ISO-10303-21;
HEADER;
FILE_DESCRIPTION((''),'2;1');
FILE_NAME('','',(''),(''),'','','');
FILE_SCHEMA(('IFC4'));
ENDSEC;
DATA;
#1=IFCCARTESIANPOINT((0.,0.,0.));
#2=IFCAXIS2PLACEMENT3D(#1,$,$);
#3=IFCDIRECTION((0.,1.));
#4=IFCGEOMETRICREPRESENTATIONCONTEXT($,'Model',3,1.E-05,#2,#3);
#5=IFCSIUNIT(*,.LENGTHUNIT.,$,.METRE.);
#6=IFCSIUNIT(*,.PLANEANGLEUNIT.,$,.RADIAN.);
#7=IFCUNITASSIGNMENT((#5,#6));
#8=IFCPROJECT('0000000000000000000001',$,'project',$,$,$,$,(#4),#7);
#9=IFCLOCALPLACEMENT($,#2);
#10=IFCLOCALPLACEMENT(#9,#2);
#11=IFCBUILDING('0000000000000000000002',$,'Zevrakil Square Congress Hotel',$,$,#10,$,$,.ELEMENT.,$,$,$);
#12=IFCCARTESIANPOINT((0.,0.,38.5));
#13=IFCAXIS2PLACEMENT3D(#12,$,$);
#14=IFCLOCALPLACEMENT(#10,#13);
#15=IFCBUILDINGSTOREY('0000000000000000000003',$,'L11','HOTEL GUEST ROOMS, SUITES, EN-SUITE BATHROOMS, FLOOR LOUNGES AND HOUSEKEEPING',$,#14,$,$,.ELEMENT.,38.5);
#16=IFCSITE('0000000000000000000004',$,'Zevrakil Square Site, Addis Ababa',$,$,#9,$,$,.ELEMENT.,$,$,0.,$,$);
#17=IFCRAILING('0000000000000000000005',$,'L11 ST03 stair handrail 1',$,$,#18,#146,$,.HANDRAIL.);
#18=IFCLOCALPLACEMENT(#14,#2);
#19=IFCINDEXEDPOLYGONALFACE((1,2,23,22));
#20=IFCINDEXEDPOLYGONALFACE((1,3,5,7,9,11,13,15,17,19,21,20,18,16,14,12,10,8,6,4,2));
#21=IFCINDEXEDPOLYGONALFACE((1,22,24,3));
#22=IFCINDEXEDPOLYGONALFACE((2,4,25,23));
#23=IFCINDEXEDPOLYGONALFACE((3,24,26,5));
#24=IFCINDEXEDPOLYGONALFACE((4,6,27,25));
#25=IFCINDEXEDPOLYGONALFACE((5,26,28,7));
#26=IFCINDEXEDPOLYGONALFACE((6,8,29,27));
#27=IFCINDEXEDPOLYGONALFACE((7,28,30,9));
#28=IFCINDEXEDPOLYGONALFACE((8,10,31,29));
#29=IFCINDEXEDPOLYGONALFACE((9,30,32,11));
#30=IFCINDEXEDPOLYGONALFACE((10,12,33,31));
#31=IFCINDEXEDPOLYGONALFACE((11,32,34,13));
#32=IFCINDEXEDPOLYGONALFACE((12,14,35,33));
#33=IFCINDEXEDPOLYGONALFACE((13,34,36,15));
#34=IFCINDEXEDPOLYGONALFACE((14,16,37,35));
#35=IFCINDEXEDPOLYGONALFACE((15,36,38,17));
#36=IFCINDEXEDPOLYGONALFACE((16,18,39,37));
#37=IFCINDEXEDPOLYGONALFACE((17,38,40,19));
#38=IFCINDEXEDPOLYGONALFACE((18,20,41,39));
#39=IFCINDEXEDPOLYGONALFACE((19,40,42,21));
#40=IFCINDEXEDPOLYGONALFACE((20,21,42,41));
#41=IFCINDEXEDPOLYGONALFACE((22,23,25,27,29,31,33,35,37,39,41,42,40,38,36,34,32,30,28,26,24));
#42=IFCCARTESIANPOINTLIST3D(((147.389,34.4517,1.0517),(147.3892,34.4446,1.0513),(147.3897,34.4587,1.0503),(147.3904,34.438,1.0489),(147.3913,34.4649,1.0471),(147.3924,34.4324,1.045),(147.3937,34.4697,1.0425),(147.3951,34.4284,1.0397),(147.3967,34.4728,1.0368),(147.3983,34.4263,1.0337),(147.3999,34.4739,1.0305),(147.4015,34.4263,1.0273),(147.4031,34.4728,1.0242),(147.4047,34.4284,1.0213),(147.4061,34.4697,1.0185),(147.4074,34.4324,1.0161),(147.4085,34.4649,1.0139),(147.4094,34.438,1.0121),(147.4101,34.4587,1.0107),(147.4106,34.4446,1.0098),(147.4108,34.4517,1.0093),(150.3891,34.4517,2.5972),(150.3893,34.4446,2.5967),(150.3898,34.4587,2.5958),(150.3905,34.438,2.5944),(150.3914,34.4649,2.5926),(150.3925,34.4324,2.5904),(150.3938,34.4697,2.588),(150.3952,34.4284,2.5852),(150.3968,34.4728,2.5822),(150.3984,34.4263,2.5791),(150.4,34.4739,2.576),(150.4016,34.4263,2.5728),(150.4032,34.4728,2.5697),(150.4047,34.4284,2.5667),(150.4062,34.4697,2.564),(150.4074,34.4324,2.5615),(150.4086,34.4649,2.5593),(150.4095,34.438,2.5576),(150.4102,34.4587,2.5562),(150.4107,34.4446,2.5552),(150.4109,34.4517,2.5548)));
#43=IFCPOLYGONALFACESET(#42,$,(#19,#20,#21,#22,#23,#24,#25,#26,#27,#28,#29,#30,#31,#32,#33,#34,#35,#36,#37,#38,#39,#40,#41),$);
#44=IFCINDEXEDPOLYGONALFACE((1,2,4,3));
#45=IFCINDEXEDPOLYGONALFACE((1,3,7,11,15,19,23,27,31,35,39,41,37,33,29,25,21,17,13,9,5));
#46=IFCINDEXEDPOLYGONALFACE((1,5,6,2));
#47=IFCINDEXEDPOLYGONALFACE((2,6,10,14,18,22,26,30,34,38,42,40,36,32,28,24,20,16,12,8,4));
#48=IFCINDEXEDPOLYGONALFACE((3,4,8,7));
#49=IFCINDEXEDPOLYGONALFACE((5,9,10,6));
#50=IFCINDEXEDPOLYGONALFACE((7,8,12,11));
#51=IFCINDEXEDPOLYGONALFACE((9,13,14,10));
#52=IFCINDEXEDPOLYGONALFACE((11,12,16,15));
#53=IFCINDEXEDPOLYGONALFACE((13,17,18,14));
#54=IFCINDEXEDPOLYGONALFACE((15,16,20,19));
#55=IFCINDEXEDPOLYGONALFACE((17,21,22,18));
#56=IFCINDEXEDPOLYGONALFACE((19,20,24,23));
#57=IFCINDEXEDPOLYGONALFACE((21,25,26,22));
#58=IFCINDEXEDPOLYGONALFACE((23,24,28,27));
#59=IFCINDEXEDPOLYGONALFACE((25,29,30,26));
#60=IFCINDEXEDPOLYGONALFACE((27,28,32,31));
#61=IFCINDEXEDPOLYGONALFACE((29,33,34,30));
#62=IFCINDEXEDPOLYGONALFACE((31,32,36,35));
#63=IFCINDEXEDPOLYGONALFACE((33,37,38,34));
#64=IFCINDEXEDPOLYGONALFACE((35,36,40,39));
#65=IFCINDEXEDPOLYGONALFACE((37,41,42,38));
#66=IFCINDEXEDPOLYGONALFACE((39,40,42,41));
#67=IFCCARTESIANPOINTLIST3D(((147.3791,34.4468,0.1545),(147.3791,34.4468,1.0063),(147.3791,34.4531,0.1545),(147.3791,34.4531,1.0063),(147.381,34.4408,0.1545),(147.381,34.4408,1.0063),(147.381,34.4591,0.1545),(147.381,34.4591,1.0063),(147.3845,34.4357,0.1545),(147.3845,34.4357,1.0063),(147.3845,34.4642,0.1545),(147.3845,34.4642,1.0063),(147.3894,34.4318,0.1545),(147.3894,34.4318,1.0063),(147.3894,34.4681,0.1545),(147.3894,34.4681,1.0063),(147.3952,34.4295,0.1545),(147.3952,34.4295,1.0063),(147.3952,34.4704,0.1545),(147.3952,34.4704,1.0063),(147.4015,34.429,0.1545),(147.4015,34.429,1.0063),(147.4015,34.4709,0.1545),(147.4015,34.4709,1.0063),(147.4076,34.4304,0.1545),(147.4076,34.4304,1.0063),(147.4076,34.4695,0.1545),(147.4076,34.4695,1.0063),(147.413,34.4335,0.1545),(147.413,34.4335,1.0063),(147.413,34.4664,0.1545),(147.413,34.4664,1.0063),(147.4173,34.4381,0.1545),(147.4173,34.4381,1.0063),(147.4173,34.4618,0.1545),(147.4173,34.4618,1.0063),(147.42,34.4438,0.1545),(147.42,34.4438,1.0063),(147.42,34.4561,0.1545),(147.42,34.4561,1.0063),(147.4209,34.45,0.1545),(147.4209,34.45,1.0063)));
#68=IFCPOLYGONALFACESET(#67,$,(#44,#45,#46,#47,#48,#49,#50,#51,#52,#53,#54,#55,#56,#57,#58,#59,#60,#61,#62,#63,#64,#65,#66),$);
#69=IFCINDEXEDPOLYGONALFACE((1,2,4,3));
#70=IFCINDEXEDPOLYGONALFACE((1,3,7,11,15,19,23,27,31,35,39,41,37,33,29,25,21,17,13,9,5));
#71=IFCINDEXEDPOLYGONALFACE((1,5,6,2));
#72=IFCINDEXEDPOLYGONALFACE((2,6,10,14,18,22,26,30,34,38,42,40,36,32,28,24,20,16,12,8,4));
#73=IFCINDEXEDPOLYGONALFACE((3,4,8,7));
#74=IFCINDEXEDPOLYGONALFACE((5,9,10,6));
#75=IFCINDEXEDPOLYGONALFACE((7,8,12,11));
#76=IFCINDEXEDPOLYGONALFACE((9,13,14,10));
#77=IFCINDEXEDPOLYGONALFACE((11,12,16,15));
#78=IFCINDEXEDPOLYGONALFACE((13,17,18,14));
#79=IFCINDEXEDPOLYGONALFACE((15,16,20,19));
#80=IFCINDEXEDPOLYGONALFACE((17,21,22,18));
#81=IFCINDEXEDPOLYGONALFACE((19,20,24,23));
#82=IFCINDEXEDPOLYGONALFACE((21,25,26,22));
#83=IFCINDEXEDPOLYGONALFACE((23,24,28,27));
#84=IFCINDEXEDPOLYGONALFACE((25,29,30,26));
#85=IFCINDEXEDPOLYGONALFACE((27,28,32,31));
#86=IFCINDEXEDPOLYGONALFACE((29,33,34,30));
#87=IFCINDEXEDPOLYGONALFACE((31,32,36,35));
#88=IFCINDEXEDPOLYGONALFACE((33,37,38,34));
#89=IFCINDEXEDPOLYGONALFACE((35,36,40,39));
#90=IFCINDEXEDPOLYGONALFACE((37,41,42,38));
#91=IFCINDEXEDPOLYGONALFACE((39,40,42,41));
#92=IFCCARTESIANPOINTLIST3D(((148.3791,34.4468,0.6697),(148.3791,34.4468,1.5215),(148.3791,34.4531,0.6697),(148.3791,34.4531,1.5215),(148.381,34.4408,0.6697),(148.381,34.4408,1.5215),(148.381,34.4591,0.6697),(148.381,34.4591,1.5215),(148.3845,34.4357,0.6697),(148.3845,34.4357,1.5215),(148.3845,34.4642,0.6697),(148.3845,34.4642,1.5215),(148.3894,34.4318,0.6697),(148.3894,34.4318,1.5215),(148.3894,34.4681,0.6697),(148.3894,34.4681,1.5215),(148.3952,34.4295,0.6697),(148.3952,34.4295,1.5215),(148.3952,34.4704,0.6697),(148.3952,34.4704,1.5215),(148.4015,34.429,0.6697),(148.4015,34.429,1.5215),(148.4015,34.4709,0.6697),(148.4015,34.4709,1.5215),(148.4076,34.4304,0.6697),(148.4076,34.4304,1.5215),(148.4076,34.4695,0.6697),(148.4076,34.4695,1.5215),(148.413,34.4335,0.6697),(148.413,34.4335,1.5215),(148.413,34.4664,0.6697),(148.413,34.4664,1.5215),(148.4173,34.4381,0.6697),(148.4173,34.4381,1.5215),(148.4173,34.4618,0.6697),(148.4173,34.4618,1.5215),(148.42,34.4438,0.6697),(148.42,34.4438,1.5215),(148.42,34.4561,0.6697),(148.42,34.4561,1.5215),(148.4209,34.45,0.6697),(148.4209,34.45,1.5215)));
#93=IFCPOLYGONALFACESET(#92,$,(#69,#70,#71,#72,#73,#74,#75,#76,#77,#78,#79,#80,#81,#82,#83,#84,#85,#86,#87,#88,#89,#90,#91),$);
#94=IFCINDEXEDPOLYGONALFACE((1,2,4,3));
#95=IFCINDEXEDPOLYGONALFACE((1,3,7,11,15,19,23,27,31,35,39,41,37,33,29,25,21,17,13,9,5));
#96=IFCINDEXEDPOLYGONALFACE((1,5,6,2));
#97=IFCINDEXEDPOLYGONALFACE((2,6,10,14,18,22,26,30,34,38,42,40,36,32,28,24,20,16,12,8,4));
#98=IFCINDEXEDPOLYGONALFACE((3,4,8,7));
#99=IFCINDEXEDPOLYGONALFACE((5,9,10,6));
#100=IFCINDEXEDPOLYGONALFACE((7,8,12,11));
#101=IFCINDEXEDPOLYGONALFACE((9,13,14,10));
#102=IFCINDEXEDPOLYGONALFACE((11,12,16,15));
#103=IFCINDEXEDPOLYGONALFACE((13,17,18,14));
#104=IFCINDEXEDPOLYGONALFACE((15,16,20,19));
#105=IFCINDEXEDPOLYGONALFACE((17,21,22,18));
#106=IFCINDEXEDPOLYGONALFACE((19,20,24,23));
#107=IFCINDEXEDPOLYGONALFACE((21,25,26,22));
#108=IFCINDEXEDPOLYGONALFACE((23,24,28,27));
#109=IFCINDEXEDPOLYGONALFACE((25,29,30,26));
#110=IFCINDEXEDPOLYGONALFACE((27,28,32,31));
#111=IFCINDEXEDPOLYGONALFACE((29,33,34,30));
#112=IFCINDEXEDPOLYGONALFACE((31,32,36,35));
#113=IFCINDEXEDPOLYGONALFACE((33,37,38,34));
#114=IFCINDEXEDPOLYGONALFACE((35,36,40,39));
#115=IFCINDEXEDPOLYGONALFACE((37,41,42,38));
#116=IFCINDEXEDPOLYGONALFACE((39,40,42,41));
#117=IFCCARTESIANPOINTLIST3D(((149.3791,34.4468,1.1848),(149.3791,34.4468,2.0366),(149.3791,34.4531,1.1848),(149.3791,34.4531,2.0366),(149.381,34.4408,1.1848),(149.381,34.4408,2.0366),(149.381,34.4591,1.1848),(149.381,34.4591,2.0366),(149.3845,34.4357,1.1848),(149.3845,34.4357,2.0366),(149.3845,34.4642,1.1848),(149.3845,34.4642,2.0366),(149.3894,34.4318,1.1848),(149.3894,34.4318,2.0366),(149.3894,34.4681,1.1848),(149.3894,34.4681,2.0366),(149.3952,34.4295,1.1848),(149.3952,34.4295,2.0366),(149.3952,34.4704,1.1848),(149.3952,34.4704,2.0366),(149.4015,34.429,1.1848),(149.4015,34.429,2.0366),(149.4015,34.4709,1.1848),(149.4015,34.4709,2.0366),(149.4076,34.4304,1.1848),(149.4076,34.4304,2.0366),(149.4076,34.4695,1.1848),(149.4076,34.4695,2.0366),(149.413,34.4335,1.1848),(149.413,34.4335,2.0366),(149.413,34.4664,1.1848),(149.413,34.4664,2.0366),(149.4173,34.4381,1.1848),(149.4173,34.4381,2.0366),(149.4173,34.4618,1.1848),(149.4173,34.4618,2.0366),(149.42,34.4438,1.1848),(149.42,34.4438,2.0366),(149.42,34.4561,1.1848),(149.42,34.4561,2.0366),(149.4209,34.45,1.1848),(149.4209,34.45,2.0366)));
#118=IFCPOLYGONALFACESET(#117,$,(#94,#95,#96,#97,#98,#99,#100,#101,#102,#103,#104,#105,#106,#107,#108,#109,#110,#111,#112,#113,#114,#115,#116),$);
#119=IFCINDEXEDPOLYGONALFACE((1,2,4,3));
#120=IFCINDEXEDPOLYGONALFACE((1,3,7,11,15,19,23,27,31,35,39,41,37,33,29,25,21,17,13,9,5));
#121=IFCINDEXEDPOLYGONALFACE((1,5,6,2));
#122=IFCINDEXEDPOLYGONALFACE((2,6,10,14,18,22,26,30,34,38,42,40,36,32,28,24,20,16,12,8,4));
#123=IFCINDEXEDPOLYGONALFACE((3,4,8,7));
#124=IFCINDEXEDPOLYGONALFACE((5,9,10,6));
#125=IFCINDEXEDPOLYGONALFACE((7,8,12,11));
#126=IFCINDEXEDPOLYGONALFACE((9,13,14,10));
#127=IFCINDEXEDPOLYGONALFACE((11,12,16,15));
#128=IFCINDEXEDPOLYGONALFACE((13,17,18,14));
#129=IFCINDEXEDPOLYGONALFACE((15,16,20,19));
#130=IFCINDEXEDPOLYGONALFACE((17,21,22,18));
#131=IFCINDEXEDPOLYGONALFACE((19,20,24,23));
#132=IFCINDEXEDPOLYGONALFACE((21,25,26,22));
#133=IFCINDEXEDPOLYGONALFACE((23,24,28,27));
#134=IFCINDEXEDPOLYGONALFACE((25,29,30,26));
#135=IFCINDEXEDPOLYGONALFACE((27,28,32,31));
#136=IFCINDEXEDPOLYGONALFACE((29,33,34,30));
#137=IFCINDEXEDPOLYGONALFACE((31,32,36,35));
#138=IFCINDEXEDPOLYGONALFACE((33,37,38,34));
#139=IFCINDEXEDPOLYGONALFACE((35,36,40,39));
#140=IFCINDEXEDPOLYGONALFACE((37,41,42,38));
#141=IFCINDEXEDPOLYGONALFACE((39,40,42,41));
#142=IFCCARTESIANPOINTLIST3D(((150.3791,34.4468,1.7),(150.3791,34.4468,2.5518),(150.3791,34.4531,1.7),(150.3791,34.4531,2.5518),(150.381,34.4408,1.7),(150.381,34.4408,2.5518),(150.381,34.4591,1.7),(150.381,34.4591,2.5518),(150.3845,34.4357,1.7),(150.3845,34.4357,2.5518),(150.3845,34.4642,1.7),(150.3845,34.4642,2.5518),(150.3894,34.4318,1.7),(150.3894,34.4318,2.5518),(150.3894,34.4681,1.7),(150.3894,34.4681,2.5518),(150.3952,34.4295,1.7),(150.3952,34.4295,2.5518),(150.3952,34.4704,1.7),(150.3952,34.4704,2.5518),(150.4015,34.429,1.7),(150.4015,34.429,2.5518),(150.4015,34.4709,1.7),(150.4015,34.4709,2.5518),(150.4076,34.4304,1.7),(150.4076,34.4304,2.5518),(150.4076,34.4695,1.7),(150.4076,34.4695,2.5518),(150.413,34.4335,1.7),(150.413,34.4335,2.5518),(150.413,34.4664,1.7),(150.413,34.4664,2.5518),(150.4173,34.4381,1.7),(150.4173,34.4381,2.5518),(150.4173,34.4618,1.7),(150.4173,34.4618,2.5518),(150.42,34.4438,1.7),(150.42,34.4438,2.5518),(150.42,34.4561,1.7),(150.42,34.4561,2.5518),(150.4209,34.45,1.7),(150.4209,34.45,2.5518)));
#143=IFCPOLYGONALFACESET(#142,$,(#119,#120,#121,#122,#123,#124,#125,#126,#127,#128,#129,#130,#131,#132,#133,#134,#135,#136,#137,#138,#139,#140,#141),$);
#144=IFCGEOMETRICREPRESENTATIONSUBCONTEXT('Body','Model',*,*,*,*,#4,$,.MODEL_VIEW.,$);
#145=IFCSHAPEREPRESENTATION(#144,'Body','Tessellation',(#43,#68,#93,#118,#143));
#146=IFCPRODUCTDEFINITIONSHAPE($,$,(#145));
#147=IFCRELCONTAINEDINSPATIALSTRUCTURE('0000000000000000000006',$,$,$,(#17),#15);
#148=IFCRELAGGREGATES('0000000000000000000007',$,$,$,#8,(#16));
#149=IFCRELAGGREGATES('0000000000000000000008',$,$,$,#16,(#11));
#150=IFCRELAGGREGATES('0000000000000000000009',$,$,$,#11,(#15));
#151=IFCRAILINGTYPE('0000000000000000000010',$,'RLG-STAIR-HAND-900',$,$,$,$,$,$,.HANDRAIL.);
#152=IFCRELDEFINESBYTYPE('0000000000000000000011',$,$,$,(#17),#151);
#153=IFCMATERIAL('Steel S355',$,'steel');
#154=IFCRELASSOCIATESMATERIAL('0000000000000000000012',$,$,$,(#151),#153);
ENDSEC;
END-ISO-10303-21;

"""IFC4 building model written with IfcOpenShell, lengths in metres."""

from ifc_helpers import new_model, si_unit, direction, frame, origin, origin_2d, place, context, subcontext, project, spatial, circle, extrude, material, type_object, element, save


model = new_model("IFC4")

# Units and contexts
model_context = context("Model", 3, precision=1e-05, world=origin(), true_north=direction((0.0, 1.0)))
body_context = subcontext(model_context, "Body", "Model", "MODEL_VIEW")
ifc_project = project(units=[si_unit("LENGTHUNIT", "METRE"), si_unit("PLANEANGLEUNIT", "RADIAN")], contexts=[model_context])

# Site, building, storey
site_placement = place(None, origin())
site = spatial("IfcSite", under=ifc_project, at=site_placement, Name="Zevrakil Square Site, Addis Ababa", CompositionType="ELEMENT", RefElevation=0.0)
building_placement = place(site_placement, origin())
building = spatial("IfcBuilding", under=site, at=building_placement, Name="Zevrakil Square Congress Hotel", CompositionType="ELEMENT")
storey_placement = place(building_placement, frame((0.0, 0.0, 38.5)))
storey = spatial("IfcBuildingStorey", under=building, at=storey_placement, Name="L11", Description="HOTEL GUEST ROOMS, SUITES, EN-SUITE BATHROOMS, FLOOR LOUNGES AND HOUSEKEEPING", CompositionType="ELEMENT", Elevation=38.5)

# Railing
ifc_material_1 = material(Name="Steel S355", Category="steel")
railing_type_1 = type_object("IfcRailingType", Name="RLG-STAIR-HAND-900", PredefinedType="HANDRAIL", material=ifc_material_1)
railing_1_placement = place(storey_placement, frame((147.3999, 34.45, 0.1545)))
element("IfcRailing", 1, at=railing_1_placement, inside=storey, type_object=railing_type_1, Name="L11 ST03 stair handrail 1", PredefinedType="HANDRAIL", context=body_context, shape_type="SweptSolid", body=[
    extrude(circle(Radius=0.0239, at=origin_2d()), frame((0.0, 0.0, 0.876), z_axis=(0.88898, 0.0, 0.457946), x_axis=(0.0, 1.0, 0.0)), (0.0, 0.0, 1.0), 3.3748),
    extrude(circle(Radius=0.021, at=origin_2d()), origin(), (0.0, 0.0, 1.0), 0.8518),
    extrude(circle(Radius=0.021, at=origin_2d()), frame((1.0, 0.0, 0.5151)), (0.0, 0.0, 1.0), 0.8518),
    extrude(circle(Radius=0.021, at=origin_2d()), frame((2.0, 0.0, 1.0303)), (0.0, 0.0, 1.0), 0.8518),
    extrude(circle(Radius=0.021, at=origin_2d()), frame((3.0, 0.0, 1.5454)), (0.0, 0.0, 1.0), 0.8518),
])

save(model, "model.ifc")
